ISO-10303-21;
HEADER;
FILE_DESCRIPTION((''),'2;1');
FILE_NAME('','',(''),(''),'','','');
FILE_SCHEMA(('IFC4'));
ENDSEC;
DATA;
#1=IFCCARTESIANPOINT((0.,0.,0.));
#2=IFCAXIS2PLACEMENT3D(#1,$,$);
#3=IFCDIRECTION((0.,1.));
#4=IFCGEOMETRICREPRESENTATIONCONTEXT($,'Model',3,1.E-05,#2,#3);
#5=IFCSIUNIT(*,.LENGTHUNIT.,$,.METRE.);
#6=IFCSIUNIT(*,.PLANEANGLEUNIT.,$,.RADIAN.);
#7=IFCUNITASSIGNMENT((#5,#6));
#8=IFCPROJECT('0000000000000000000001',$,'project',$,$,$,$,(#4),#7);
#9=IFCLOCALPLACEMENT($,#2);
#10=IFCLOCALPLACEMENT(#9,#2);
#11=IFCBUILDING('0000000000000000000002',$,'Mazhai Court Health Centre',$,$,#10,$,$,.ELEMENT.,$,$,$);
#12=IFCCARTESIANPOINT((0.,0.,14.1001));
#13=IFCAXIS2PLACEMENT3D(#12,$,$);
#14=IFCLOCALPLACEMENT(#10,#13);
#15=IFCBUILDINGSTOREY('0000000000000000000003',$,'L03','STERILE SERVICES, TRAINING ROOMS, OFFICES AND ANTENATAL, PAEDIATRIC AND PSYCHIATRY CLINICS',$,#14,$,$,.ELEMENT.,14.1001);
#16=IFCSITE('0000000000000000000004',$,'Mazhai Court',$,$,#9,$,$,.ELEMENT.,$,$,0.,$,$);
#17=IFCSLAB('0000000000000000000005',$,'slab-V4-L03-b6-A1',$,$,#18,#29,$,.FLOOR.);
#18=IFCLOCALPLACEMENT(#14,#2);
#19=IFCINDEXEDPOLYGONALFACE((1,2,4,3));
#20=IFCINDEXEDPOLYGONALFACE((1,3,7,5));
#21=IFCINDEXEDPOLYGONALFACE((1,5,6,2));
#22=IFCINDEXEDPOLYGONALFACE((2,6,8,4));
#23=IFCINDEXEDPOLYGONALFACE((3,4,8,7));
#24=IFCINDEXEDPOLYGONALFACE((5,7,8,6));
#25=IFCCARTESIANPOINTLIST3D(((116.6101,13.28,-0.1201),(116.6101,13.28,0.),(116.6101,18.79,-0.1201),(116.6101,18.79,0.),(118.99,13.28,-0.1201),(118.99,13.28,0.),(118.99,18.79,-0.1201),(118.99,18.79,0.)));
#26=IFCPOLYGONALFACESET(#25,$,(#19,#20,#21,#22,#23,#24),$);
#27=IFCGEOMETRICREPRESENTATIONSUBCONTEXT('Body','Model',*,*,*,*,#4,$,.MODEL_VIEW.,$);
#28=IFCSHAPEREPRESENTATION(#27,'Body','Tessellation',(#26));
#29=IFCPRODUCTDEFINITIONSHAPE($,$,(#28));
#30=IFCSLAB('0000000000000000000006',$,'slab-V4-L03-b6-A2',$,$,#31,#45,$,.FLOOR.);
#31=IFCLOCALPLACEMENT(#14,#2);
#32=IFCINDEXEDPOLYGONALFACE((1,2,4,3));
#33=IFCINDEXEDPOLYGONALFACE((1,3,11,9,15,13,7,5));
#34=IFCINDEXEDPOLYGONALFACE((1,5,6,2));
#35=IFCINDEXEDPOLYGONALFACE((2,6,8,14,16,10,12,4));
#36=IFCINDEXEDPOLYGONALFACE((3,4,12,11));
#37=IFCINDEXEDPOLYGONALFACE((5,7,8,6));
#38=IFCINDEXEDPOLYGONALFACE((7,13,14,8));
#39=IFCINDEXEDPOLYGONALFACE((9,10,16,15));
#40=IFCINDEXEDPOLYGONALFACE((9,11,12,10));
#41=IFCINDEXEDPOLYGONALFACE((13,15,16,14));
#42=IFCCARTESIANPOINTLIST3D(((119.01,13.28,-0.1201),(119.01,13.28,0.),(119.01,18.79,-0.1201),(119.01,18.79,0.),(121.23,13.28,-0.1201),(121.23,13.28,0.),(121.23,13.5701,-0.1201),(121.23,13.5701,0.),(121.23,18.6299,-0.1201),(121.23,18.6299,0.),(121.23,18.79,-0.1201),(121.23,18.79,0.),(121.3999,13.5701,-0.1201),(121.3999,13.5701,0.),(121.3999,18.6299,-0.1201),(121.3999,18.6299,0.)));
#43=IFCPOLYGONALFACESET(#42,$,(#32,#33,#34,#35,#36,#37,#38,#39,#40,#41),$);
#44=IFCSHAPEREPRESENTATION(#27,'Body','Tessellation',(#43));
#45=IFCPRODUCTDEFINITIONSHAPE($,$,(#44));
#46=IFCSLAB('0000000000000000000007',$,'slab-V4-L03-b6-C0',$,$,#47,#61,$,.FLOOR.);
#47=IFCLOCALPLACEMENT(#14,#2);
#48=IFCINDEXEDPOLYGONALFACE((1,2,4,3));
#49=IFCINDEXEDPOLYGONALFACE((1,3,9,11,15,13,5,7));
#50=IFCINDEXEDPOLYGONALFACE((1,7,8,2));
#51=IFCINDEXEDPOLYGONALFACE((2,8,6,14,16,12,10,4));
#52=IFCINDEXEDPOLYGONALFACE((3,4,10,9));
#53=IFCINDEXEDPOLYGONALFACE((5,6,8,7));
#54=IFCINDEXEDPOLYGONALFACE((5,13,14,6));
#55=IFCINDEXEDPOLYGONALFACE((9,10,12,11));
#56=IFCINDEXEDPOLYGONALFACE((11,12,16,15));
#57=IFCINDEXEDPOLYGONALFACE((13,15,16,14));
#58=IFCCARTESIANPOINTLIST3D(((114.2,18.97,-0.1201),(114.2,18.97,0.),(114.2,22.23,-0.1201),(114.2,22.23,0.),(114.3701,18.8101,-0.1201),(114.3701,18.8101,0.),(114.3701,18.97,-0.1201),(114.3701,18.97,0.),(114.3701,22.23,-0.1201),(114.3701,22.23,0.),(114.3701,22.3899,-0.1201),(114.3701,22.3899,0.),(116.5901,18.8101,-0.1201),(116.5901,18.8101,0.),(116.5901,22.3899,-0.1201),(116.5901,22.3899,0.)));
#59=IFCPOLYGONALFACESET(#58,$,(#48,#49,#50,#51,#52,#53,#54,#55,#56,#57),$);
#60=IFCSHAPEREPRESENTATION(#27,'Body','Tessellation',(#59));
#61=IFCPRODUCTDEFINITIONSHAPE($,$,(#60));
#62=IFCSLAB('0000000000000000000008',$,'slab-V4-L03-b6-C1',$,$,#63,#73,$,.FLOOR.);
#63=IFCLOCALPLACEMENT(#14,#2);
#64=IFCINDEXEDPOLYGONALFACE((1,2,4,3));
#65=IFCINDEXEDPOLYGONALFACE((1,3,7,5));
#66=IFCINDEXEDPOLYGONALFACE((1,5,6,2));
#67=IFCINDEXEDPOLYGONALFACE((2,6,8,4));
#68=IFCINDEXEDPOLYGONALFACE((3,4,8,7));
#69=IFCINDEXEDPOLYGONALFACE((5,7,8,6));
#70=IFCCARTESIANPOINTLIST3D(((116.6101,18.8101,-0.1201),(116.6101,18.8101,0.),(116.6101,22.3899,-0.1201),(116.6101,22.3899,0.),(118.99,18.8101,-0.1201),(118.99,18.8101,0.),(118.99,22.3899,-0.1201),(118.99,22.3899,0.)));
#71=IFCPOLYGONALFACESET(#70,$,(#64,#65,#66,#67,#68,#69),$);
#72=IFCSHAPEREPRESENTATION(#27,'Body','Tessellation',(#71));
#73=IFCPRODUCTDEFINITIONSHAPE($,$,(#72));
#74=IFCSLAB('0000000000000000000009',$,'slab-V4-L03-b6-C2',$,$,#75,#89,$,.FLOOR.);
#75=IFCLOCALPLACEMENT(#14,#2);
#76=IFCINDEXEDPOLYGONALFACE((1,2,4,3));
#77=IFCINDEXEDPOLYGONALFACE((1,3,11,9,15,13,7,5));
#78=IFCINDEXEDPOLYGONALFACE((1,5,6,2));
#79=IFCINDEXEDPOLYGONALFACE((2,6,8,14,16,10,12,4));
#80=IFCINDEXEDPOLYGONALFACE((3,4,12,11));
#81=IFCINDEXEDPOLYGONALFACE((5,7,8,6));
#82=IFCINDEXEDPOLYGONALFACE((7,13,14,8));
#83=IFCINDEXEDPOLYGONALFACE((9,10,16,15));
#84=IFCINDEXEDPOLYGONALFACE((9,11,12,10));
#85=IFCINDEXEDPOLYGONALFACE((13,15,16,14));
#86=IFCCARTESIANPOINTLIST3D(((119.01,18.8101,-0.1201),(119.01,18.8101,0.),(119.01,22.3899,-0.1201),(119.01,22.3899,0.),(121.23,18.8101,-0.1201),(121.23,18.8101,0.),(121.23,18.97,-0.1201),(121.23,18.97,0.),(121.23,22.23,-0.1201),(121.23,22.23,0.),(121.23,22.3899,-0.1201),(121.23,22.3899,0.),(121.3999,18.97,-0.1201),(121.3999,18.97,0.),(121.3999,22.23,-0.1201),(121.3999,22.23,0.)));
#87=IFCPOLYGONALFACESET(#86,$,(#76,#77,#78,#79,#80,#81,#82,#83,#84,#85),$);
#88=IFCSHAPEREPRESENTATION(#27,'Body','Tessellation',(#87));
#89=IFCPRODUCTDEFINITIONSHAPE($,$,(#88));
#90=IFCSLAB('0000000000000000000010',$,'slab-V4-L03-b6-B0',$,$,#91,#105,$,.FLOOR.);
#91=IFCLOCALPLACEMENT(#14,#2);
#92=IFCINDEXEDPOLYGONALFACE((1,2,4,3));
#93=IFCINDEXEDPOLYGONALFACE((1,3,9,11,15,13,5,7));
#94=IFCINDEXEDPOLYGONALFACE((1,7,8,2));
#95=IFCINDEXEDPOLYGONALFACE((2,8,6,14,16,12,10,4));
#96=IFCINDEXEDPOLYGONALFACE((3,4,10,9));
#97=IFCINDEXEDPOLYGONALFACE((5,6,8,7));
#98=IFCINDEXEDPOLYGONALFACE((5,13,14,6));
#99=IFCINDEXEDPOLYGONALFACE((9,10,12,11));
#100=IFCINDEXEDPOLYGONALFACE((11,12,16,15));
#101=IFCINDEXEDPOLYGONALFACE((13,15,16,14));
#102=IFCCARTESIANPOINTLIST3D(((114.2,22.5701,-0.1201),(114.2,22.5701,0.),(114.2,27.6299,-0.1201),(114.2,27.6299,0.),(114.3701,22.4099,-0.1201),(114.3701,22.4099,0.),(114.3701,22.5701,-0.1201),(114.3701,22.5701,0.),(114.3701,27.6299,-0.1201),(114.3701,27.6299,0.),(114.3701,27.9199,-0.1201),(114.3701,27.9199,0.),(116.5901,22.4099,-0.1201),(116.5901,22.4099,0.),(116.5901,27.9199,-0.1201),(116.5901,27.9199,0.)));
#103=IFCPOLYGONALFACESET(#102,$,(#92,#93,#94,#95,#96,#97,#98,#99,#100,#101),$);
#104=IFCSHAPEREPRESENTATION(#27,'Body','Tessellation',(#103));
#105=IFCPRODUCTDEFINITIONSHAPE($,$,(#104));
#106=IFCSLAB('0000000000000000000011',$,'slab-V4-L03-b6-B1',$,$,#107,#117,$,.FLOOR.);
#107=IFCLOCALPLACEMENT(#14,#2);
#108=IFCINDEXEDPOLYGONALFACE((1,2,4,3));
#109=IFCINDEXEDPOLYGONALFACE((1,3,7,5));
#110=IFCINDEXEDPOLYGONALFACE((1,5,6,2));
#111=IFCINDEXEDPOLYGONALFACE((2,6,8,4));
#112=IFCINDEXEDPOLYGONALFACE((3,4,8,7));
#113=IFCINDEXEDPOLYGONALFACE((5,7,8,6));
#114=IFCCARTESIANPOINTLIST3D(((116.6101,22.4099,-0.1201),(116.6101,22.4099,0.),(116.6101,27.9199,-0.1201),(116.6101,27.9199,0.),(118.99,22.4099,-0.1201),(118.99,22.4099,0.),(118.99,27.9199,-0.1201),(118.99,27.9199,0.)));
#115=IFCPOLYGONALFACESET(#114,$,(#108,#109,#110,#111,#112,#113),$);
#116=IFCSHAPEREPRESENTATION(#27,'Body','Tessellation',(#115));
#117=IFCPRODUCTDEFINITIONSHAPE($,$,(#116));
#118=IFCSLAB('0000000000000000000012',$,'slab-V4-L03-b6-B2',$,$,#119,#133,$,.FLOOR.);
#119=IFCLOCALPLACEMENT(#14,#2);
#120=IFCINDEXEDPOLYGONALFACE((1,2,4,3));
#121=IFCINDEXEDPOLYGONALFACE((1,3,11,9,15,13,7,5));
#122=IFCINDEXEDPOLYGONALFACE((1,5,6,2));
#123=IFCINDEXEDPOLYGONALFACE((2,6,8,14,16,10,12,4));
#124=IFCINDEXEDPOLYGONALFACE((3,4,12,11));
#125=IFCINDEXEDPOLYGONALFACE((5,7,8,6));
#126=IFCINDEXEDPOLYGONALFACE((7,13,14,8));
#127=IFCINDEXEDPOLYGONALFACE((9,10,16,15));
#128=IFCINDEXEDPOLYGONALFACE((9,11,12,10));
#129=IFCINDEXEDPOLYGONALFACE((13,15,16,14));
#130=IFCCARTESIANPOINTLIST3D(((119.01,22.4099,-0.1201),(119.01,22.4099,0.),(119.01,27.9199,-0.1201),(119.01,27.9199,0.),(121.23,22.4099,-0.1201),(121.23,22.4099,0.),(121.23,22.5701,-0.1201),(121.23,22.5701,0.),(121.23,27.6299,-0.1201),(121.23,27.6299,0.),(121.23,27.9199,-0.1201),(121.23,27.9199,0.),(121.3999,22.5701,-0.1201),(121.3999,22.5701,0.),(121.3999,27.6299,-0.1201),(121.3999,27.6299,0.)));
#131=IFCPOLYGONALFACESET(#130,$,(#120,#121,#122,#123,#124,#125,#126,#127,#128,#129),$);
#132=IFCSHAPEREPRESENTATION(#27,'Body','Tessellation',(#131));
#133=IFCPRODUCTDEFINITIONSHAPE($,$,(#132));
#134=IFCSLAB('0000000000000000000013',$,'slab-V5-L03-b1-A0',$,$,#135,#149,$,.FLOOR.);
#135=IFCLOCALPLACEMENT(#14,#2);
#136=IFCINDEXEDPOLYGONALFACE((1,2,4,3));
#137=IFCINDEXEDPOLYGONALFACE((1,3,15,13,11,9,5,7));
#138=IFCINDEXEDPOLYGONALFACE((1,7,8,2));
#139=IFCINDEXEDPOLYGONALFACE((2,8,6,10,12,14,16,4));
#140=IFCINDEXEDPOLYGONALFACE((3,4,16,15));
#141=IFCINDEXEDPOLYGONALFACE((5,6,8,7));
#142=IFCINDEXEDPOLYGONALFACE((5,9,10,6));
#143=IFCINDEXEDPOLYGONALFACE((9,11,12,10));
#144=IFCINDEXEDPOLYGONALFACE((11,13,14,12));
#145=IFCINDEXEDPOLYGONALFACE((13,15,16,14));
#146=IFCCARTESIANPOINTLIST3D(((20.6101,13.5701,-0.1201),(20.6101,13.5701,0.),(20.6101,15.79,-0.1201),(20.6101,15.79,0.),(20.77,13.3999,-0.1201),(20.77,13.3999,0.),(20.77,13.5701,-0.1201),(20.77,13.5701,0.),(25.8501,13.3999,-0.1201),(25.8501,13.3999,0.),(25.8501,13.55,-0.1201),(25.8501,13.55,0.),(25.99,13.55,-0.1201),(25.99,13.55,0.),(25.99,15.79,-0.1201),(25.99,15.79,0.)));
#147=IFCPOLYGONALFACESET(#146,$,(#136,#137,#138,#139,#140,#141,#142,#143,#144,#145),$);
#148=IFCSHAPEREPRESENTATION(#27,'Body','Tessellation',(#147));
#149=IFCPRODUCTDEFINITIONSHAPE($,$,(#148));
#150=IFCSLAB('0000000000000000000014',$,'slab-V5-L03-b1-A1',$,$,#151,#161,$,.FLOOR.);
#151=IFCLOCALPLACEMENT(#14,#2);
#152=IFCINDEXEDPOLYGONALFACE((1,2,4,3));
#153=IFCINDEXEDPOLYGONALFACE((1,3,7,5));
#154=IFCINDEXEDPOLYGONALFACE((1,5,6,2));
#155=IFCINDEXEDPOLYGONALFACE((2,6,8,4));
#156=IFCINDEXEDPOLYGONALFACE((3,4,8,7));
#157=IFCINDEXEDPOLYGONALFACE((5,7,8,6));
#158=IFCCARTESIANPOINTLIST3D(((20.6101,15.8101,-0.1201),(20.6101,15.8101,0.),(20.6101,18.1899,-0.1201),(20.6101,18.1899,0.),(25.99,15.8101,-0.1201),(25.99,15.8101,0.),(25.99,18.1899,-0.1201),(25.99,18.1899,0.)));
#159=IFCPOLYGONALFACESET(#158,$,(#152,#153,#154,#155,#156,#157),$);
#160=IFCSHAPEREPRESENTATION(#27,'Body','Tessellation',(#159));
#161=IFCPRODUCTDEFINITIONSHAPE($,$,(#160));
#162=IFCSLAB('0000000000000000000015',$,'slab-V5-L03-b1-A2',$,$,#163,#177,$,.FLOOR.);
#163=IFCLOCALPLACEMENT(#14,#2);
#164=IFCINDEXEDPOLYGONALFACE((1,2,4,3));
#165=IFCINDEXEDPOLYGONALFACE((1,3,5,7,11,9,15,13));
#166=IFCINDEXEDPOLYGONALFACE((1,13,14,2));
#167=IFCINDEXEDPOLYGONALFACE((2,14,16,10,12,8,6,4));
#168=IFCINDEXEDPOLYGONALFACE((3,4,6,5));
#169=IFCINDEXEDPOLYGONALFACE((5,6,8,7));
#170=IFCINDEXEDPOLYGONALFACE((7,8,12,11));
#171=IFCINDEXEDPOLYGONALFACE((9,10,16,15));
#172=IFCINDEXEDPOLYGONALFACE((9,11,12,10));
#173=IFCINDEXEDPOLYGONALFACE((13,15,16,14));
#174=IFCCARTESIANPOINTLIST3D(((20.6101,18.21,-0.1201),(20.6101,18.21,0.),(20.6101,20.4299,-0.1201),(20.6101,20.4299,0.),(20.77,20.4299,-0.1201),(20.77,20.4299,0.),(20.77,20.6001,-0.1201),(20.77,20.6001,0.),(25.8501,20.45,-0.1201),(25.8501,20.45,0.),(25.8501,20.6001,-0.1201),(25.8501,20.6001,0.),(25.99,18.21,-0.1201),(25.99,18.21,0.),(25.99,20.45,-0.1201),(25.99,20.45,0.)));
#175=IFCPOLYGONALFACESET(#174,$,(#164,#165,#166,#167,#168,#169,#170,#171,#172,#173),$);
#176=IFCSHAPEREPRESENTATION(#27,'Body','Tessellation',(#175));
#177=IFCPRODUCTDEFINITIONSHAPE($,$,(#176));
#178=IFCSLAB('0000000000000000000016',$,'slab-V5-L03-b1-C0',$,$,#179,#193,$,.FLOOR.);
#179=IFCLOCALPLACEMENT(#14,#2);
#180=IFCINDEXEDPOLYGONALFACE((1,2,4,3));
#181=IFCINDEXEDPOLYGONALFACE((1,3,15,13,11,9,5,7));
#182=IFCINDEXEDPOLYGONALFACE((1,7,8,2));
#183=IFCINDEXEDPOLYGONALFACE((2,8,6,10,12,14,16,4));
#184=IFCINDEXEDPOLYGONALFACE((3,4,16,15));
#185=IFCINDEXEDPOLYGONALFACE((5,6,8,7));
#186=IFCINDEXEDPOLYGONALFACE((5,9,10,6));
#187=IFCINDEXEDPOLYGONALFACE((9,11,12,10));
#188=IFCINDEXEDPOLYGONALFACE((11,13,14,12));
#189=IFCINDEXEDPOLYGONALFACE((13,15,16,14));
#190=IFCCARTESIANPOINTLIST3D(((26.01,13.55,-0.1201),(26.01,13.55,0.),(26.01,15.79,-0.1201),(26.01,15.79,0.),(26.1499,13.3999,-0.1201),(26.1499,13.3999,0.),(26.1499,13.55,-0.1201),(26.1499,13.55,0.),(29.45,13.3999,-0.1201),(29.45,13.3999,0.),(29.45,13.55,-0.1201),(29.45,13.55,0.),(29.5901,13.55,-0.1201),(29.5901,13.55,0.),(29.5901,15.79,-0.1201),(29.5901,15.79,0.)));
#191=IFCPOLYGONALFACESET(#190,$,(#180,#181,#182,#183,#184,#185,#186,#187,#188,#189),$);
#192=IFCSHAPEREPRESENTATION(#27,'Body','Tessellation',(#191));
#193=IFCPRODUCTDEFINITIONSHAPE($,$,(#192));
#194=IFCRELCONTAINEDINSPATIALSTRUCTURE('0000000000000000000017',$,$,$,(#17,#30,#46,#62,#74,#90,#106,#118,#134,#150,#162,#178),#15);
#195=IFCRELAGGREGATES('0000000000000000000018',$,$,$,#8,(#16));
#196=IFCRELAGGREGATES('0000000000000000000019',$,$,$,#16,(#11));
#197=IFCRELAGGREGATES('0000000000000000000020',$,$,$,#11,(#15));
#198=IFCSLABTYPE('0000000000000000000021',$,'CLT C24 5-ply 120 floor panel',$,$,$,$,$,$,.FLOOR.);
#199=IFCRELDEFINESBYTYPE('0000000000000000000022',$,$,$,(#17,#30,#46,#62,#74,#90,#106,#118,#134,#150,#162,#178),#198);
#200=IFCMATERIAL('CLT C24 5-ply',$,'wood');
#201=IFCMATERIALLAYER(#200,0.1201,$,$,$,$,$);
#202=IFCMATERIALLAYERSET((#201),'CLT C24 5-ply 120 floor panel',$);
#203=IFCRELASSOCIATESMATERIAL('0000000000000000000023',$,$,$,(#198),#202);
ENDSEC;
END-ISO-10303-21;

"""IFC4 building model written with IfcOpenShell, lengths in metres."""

from ifc_helpers import new_model, si_unit, direction, frame, origin, place, context, subcontext, project, spatial, polyline, outline, extrude, material, layer, layer_set, type_object, element, save


model = new_model("IFC4")

# Units and contexts
model_context = context("Model", 3, precision=1e-05, world=origin(), true_north=direction((0.0, 1.0)))
body_context = subcontext(model_context, "Body", "Model", "MODEL_VIEW")
ifc_project = project(units=[si_unit("LENGTHUNIT", "METRE"), si_unit("PLANEANGLEUNIT", "RADIAN")], contexts=[model_context])

# Site, building, storey
site_placement = place(None, origin())
site = spatial("IfcSite", under=ifc_project, at=site_placement, Name="Mazhai Court", CompositionType="ELEMENT", RefElevation=0.0)
building_placement = place(site_placement, origin())
building = spatial("IfcBuilding", under=site, at=building_placement, Name="Mazhai Court Health Centre", CompositionType="ELEMENT")
storey_placement = place(building_placement, frame((0.0, 0.0, 14.1001)))
storey = spatial("IfcBuildingStorey", under=building, at=storey_placement, Name="L03", Description="STERILE SERVICES, TRAINING ROOMS, OFFICES AND ANTENATAL, PAEDIATRIC AND PSYCHIATRY CLINICS", CompositionType="ELEMENT", Elevation=14.1001)

# Slabs
ifc_material = material(Name="CLT C24 5-ply", Category="wood")
ifc_layer = layer(ifc_material, 0.1201)
ifc_layer_set = layer_set([ifc_layer], Name="CLT C24 5-ply 120 floor panel")
slab_type = type_object("IfcSlabType", Name="CLT C24 5-ply 120 floor panel", PredefinedType="FLOOR", material=ifc_layer_set)
slab_1_placement = place(storey_placement, frame((0.0, 0.0, -0.1201)))
element("IfcSlab", 1, at=slab_1_placement, inside=storey, type_object=slab_type, Name="slab-V4-L03-b6-A1", PredefinedType="FLOOR", context=body_context, shape_type="SweptSolid", body=[
    extrude(outline(polyline([(116.6101, 13.28), (118.99, 13.28), (118.99, 18.79), (116.6101, 18.79), (116.6101, 13.28)])), origin(), (0.0, 0.0, 1.0), 0.1201),
])
slab_2_placement = place(storey_placement, frame((0.0, 0.0, -0.1201)))
element("IfcSlab", 2, at=slab_2_placement, inside=storey, type_object=slab_type, Name="slab-V4-L03-b6-A2", PredefinedType="FLOOR", context=body_context, shape_type="SweptSolid", body=[
    extrude(outline(polyline([(121.3999, 13.5701), (121.3999, 18.6299), (121.23, 18.6299), (121.23, 18.79), (119.01, 18.79), (119.01, 13.28), (121.23, 13.28), (121.23, 13.5701), (121.3999, 13.5701)])), origin(), (0.0, 0.0, 1.0), 0.1201),
])
slab_3_placement = place(storey_placement, frame((0.0, 0.0, -0.1201)))
element("IfcSlab", 3, at=slab_3_placement, inside=storey, type_object=slab_type, Name="slab-V4-L03-b6-C0", PredefinedType="FLOOR", context=body_context, shape_type="SweptSolid", body=[
    extrude(outline(polyline([(116.5901, 22.3899), (114.3701, 22.3899), (114.3701, 22.23), (114.2, 22.23), (114.2, 18.97), (114.3701, 18.97), (114.3701, 18.8101), (116.5901, 18.8101), (116.5901, 22.3899)])), origin(), (0.0, 0.0, 1.0), 0.1201),
])
slab_4_placement = place(storey_placement, frame((0.0, 0.0, -0.1201)))
element("IfcSlab", 4, at=slab_4_placement, inside=storey, type_object=slab_type, Name="slab-V4-L03-b6-C1", PredefinedType="FLOOR", context=body_context, shape_type="SweptSolid", body=[
    extrude(outline(polyline([(116.6101, 18.8101), (118.99, 18.8101), (118.99, 22.3899), (116.6101, 22.3899), (116.6101, 18.8101)])), origin(), (0.0, 0.0, 1.0), 0.1201),
])
slab_5_placement = place(storey_placement, frame((0.0, 0.0, -0.1201)))
element("IfcSlab", 5, at=slab_5_placement, inside=storey, type_object=slab_type, Name="slab-V4-L03-b6-C2", PredefinedType="FLOOR", context=body_context, shape_type="SweptSolid", body=[
    extrude(outline(polyline([(121.3999, 18.97), (121.3999, 22.23), (121.23, 22.23), (121.23, 22.3899), (119.01, 22.3899), (119.01, 18.8101), (121.23, 18.8101), (121.23, 18.97), (121.3999, 18.97)])), origin(), (0.0, 0.0, 1.0), 0.1201),
])
slab_6_placement = place(storey_placement, frame((0.0, 0.0, -0.1201)))
element("IfcSlab", 6, at=slab_6_placement, inside=storey, type_object=slab_type, Name="slab-V4-L03-b6-B0", PredefinedType="FLOOR", context=body_context, shape_type="SweptSolid", body=[
    extrude(outline(polyline([(116.5901, 27.9199), (114.3701, 27.9199), (114.3701, 27.6299), (114.2, 27.6299), (114.2, 22.5701), (114.3701, 22.5701), (114.3701, 22.4099), (116.5901, 22.4099), (116.5901, 27.9199)])), origin(), (0.0, 0.0, 1.0), 0.1201),
])
slab_7_placement = place(storey_placement, frame((0.0, 0.0, -0.1201)))
element("IfcSlab", 7, at=slab_7_placement, inside=storey, type_object=slab_type, Name="slab-V4-L03-b6-B1", PredefinedType="FLOOR", context=body_context, shape_type="SweptSolid", body=[
    extrude(outline(polyline([(116.6101, 22.4099), (118.99, 22.4099), (118.99, 27.9199), (116.6101, 27.9199), (116.6101, 22.4099)])), origin(), (0.0, 0.0, 1.0), 0.1201),
])
slab_8_placement = place(storey_placement, frame((0.0, 0.0, -0.1201)))
element("IfcSlab", 8, at=slab_8_placement, inside=storey, type_object=slab_type, Name="slab-V4-L03-b6-B2", PredefinedType="FLOOR", context=body_context, shape_type="SweptSolid", body=[
    extrude(outline(polyline([(121.3999, 22.5701), (121.3999, 27.6299), (121.23, 27.6299), (121.23, 27.9199), (119.01, 27.9199), (119.01, 22.4099), (121.23, 22.4099), (121.23, 22.5701), (121.3999, 22.5701)])), origin(), (0.0, 0.0, 1.0), 0.1201),
])
slab_9_placement = place(storey_placement, frame((0.0, 0.0, -0.1201)))
element("IfcSlab", 9, at=slab_9_placement, inside=storey, type_object=slab_type, Name="slab-V5-L03-b1-A0", PredefinedType="FLOOR", context=body_context, shape_type="SweptSolid", body=[
    extrude(outline(polyline([(20.6101, 15.79), (20.6101, 13.5701), (20.77, 13.5701), (20.77, 13.3999), (25.8501, 13.3999), (25.8501, 13.55), (25.99, 13.55), (25.99, 15.79), (20.6101, 15.79)])), origin(), (0.0, 0.0, 1.0), 0.1201),
])
slab_10_placement = place(storey_placement, frame((0.0, 0.0, -0.1201)))
element("IfcSlab", 10, at=slab_10_placement, inside=storey, type_object=slab_type, Name="slab-V5-L03-b1-A1", PredefinedType="FLOOR", context=body_context, shape_type="SweptSolid", body=[
    extrude(outline(polyline([(20.6101, 15.8101), (25.99, 15.8101), (25.99, 18.1899), (20.6101, 18.1899), (20.6101, 15.8101)])), origin(), (0.0, 0.0, 1.0), 0.1201),
])
slab_11_placement = place(storey_placement, frame((0.0, 0.0, -0.1201)))
element("IfcSlab", 11, at=slab_11_placement, inside=storey, type_object=slab_type, Name="slab-V5-L03-b1-A2", PredefinedType="FLOOR", context=body_context, shape_type="SweptSolid", body=[
    extrude(outline(polyline([(25.99, 18.21), (25.99, 20.45), (25.8501, 20.45), (25.8501, 20.6001), (20.77, 20.6001), (20.77, 20.4299), (20.6101, 20.4299), (20.6101, 18.21), (25.99, 18.21)])), origin(), (0.0, 0.0, 1.0), 0.1201),
])
slab_12_placement = place(storey_placement, frame((0.0, 0.0, -0.1201)))
element("IfcSlab", 12, at=slab_12_placement, inside=storey, type_object=slab_type, Name="slab-V5-L03-b1-C0", PredefinedType="FLOOR", context=body_context, shape_type="SweptSolid", body=[
    extrude(outline(polyline([(26.01, 15.79), (26.01, 13.55), (26.1499, 13.55), (26.1499, 13.3999), (29.45, 13.3999), (29.45, 13.55), (29.5901, 13.55), (29.5901, 15.79), (26.01, 15.79)])), origin(), (0.0, 0.0, 1.0), 0.1201),
])

save(model, "model.ifc")
